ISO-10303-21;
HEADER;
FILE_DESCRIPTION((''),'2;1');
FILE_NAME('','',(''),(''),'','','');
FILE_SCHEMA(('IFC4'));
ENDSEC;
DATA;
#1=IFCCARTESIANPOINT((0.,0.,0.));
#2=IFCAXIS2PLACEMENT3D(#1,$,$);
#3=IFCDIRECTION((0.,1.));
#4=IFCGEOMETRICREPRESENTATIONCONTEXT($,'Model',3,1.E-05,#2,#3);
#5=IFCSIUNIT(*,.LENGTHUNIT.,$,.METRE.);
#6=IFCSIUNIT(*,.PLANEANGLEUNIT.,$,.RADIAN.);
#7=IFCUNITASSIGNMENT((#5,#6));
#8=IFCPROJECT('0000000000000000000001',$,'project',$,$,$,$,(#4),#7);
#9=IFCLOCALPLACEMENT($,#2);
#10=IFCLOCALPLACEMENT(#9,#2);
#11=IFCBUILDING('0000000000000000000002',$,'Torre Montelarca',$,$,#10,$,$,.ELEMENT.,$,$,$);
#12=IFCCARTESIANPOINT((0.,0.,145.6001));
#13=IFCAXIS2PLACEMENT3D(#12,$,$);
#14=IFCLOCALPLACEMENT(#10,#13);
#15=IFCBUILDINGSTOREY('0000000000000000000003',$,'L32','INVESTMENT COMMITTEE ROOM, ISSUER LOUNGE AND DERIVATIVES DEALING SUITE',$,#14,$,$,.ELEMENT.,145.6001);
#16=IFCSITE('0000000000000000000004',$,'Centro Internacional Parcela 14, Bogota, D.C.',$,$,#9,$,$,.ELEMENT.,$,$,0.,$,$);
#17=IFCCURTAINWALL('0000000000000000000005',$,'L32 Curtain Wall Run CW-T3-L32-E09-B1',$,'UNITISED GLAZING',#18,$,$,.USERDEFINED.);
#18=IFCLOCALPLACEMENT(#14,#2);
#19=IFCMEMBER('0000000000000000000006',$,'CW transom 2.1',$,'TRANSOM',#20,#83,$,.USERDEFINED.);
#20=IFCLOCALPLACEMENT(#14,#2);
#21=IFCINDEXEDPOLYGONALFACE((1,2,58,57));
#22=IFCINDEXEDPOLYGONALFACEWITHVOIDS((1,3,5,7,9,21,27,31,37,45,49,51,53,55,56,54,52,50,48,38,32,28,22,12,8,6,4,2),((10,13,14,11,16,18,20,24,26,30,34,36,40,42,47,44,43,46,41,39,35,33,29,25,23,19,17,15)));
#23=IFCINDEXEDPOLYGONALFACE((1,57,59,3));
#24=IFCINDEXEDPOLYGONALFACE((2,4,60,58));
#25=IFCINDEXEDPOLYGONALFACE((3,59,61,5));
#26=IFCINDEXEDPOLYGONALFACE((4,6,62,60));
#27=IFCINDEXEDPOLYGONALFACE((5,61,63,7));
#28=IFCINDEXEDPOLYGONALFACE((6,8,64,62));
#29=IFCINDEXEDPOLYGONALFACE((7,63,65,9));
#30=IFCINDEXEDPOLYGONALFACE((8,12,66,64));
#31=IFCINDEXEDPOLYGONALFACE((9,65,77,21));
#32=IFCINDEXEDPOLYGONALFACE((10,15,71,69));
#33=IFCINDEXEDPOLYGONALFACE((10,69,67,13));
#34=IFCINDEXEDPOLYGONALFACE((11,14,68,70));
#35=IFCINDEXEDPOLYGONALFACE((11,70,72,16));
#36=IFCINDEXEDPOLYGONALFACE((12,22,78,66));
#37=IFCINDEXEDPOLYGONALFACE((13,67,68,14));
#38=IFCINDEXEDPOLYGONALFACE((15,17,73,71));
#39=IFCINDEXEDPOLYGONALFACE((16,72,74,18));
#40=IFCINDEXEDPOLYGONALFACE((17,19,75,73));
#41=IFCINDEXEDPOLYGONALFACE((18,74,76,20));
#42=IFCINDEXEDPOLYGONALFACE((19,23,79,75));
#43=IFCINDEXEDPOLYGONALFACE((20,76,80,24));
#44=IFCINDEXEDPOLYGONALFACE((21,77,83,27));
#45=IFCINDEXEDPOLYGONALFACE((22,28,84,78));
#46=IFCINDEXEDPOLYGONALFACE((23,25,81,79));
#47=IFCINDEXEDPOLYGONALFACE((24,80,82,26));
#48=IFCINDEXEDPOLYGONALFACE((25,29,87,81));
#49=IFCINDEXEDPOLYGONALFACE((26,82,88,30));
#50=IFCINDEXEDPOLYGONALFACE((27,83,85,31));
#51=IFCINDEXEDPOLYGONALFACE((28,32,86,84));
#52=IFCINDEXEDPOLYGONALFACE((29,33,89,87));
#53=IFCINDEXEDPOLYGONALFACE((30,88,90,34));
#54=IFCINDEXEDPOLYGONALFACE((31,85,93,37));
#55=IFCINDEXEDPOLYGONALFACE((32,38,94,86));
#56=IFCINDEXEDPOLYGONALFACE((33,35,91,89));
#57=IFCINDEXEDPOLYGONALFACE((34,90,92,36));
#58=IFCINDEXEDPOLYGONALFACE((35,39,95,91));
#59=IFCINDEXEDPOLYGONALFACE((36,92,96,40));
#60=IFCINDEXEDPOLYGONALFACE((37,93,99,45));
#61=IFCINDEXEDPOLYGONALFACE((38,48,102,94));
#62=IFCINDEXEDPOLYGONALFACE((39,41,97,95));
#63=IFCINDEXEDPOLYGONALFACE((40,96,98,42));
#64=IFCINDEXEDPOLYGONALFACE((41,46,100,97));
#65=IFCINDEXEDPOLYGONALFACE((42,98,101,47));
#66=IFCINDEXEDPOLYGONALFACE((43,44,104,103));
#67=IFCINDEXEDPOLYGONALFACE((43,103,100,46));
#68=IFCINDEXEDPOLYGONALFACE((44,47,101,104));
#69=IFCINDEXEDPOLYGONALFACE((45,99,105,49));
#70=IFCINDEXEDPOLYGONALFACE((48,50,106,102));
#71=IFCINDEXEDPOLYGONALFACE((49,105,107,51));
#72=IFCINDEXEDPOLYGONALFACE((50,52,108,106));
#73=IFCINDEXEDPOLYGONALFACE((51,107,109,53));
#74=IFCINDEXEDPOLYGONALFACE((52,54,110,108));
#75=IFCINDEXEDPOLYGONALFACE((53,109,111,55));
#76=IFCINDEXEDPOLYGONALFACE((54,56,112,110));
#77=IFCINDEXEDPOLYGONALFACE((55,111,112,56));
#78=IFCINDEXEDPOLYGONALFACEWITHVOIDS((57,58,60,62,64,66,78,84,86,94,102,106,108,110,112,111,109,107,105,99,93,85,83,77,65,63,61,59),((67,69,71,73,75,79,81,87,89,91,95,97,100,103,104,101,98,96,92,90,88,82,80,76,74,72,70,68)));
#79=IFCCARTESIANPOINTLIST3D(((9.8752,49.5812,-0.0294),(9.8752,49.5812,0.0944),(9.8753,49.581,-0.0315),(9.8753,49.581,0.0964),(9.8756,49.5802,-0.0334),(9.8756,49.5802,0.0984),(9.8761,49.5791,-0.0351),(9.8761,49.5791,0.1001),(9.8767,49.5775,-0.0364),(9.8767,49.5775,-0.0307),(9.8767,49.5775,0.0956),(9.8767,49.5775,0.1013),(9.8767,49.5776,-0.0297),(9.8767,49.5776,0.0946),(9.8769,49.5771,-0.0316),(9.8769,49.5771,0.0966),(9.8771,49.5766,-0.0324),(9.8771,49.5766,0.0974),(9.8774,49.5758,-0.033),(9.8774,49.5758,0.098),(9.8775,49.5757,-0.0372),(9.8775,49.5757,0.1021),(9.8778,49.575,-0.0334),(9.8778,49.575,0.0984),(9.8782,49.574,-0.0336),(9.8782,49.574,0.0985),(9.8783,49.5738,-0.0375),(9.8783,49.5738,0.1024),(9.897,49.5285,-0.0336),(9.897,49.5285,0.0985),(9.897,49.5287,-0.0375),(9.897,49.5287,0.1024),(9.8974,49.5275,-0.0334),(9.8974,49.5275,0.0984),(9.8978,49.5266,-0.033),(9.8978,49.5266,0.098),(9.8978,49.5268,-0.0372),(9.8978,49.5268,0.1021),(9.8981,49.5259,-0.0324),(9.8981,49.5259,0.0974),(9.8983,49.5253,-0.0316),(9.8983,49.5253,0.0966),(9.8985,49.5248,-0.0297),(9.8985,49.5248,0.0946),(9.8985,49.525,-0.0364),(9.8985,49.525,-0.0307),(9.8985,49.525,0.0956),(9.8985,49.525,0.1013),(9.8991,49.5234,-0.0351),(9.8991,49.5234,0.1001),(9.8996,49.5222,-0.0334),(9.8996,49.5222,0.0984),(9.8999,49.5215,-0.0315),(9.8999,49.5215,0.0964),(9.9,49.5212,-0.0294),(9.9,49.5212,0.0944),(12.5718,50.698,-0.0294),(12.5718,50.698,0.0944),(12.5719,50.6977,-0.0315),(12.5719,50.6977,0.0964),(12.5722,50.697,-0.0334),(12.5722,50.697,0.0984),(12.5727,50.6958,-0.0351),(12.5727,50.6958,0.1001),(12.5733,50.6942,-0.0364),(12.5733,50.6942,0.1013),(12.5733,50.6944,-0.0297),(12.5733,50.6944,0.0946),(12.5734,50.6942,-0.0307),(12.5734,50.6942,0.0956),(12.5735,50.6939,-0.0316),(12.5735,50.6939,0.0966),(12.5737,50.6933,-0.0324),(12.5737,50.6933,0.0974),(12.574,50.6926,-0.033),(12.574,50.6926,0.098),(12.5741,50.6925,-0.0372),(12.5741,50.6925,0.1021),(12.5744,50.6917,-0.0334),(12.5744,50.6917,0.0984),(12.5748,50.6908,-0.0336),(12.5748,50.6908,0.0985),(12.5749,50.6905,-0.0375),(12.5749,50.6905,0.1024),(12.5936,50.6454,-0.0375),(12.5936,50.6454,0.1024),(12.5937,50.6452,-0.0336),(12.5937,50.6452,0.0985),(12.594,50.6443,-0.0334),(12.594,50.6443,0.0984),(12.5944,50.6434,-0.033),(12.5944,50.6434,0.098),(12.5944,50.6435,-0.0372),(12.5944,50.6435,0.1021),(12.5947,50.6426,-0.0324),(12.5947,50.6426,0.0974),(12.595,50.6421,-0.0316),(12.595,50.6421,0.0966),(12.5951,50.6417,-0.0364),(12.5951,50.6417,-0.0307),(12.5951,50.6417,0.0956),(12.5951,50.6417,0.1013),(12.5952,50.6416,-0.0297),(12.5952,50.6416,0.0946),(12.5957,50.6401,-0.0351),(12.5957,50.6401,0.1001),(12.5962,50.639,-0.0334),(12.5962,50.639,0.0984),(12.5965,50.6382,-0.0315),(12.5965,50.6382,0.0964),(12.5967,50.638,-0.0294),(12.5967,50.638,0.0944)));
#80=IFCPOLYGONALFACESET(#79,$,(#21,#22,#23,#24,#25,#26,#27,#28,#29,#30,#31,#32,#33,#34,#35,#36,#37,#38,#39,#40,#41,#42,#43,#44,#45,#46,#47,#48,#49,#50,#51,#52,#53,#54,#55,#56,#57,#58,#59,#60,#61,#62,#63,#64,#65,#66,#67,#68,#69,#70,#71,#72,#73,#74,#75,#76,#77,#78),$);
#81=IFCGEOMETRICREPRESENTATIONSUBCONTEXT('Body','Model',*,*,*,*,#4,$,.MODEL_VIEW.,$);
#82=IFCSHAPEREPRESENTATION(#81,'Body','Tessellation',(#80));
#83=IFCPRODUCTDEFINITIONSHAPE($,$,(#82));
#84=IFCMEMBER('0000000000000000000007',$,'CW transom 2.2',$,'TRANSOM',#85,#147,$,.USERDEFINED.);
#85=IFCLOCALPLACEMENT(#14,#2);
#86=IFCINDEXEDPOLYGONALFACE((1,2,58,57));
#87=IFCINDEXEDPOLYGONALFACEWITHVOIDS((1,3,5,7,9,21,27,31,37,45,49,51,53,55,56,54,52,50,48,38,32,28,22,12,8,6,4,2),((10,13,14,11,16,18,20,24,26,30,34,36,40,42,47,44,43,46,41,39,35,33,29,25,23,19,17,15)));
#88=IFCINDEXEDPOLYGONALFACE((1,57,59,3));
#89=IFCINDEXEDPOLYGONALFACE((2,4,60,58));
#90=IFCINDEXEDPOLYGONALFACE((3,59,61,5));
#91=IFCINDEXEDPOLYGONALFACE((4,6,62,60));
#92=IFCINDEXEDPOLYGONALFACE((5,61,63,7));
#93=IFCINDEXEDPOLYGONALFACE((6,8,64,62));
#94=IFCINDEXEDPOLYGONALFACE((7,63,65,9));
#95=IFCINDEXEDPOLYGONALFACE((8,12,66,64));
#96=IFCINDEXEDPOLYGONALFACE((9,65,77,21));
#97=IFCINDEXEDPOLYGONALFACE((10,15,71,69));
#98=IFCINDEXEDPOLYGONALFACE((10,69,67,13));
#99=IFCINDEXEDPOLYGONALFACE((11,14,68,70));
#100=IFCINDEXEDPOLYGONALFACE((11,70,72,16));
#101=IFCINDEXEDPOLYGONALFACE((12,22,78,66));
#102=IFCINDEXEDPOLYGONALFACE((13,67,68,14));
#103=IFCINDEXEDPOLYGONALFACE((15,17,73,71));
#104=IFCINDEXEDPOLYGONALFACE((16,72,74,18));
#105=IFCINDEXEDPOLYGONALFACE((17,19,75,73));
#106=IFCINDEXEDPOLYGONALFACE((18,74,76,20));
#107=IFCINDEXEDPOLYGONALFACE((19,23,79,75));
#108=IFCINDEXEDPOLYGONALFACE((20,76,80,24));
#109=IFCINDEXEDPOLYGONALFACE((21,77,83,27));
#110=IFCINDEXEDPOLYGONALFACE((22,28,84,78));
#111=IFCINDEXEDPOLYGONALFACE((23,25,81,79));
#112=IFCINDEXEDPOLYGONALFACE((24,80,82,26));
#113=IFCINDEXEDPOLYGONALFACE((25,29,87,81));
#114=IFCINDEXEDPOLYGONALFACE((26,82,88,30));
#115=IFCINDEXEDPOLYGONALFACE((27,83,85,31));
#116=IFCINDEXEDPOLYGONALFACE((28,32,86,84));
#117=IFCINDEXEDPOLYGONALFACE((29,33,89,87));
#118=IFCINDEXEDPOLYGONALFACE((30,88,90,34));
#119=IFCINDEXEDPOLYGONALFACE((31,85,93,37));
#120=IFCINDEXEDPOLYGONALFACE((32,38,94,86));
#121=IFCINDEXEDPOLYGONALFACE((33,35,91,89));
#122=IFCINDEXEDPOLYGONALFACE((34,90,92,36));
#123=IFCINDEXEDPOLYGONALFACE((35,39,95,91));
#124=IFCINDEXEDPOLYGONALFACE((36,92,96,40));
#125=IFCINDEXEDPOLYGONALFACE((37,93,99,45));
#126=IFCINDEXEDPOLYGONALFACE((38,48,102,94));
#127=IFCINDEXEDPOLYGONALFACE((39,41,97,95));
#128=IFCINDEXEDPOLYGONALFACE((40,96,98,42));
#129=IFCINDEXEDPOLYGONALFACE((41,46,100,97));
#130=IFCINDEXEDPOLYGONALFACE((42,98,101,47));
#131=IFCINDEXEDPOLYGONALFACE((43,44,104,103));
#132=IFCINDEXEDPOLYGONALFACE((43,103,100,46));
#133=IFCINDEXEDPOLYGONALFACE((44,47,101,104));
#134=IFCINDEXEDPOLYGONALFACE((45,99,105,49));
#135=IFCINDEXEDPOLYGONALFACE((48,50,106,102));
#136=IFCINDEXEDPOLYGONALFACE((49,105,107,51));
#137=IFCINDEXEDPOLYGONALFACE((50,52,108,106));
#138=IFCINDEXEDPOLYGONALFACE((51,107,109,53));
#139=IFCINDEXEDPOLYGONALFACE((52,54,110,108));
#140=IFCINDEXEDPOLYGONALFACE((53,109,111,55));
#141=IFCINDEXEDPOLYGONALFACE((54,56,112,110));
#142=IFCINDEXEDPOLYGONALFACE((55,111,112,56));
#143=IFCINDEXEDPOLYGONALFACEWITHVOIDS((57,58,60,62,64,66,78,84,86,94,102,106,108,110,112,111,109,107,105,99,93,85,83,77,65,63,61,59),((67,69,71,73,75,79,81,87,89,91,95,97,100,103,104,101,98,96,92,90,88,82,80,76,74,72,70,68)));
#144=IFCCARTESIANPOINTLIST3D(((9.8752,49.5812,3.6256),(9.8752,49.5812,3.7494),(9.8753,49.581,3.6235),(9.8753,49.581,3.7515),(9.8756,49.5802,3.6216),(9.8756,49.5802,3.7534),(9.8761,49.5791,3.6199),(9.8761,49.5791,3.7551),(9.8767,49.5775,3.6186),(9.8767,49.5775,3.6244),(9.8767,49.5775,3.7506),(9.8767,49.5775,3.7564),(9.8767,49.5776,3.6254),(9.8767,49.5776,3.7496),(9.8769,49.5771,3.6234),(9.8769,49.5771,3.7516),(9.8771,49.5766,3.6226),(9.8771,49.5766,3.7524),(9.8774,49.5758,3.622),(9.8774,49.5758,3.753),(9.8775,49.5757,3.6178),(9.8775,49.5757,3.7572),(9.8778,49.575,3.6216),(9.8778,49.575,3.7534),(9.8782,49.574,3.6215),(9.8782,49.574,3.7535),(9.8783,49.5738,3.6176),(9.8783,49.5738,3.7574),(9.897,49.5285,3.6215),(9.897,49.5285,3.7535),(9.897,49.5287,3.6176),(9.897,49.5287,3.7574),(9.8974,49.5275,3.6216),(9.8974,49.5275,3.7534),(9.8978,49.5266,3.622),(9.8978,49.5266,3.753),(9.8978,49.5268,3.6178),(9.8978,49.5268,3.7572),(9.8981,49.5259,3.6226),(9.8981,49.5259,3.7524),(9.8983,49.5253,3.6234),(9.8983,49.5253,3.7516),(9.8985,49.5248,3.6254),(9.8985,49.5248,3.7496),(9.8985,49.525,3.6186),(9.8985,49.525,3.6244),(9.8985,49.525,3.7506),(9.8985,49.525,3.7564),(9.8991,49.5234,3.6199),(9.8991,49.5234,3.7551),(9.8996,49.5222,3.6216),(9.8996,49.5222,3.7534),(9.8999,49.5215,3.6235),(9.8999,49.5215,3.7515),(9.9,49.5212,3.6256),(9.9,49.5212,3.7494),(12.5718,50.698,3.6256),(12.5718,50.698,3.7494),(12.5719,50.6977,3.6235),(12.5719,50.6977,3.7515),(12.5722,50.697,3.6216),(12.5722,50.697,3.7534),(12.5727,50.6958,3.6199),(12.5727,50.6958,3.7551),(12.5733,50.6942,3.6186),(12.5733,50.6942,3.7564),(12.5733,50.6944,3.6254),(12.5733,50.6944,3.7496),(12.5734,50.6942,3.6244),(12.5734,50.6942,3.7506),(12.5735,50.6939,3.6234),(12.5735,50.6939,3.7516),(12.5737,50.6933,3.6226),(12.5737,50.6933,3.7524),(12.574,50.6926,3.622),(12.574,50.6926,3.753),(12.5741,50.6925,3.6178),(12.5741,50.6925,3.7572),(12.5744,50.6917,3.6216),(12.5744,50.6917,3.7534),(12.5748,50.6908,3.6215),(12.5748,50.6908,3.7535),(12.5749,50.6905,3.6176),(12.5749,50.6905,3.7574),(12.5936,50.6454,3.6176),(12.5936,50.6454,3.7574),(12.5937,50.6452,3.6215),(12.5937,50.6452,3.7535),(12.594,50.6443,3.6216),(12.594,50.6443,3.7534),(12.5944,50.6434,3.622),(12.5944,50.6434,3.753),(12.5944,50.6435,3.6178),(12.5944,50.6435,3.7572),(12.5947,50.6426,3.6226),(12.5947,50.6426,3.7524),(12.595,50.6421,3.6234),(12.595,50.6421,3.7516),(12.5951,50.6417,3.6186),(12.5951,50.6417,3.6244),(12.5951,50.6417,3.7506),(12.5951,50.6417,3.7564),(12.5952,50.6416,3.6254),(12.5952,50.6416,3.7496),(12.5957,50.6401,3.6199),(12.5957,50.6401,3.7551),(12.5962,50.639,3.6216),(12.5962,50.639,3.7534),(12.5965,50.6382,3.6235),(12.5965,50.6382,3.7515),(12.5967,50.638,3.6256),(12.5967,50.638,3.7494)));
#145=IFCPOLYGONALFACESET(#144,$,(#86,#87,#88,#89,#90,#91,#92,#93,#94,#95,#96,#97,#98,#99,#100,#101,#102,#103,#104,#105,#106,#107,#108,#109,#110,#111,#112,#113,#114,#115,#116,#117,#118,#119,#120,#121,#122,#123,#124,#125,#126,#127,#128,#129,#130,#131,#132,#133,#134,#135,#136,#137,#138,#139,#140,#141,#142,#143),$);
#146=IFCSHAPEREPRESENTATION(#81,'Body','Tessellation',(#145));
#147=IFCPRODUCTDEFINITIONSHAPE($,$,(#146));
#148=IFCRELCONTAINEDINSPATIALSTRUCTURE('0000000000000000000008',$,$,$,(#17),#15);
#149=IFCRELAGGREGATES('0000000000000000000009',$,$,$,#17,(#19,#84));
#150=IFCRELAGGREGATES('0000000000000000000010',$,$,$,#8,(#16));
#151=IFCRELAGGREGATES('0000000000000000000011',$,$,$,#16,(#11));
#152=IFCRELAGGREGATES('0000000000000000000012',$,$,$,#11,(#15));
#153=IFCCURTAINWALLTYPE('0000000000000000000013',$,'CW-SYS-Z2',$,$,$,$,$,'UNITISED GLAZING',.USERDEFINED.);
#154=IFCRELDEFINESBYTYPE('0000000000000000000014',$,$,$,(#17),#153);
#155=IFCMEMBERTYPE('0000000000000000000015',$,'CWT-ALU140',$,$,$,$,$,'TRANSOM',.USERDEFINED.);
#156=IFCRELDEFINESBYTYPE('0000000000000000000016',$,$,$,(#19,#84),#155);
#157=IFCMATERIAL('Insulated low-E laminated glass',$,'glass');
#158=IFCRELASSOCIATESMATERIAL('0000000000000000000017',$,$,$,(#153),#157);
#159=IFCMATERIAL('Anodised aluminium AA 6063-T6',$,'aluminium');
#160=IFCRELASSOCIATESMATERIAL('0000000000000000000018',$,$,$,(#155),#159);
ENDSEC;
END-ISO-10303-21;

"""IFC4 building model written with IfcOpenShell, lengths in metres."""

from ifc_helpers import new_model, si_unit, direction, frame, origin, origin_2d, place, context, subcontext, project, spatial, hollow_rectangle, extrude, source, transform, mapped, material, material_profile, profile_set, type_object, element, aggregate, save


model = new_model("IFC4")

# Units and contexts
model_context = context("Model", 3, precision=1e-05, world=origin(), true_north=direction((0.0, 1.0)))
body_context = subcontext(model_context, "Body", "Model", "MODEL_VIEW")
ifc_project = project(units=[si_unit("LENGTHUNIT", "METRE"), si_unit("PLANEANGLEUNIT", "RADIAN")], contexts=[model_context])

# Site, building, storey
site_placement = place(None, origin())
site = spatial("IfcSite", under=ifc_project, at=site_placement, Name="Centro Internacional Parcela 14, Bogota, D.C.", CompositionType="ELEMENT", RefElevation=0.0)
building_placement = place(site_placement, origin())
building = spatial("IfcBuilding", under=site, at=building_placement, Name="Torre Montelarca", CompositionType="ELEMENT")
storey_placement = place(building_placement, frame((0.0, 0.0, 145.6001)))
storey = spatial("IfcBuildingStorey", under=building, at=storey_placement, Name="L32", Description="INVESTMENT COMMITTEE ROOM, ISSUER LOUNGE AND DERIVATIVES DEALING SUITE", CompositionType="ELEMENT", Elevation=145.6001)

# Curtain wall, members
ifc_material_1 = material(Name="Insulated low-E laminated glass", Category="glass")
curtain_wall_type = type_object("IfcCurtainWallType", Name="CW-SYS-Z2", ElementType="UNITISED GLAZING", PredefinedType="USERDEFINED", material=ifc_material_1)
curtain_wall_1_placement = place(storey_placement, origin())
curtain_wall_1 = element("IfcCurtainWall", 1, at=curtain_wall_1_placement, inside=storey, type_object=curtain_wall_type, Name="L32 Curtain Wall Run CW-T3-L32-E09-B1", ObjectType="UNITISED GLAZING", PredefinedType="USERDEFINED")
ifc_material_2 = material(Name="Anodised aluminium AA 6063-T6", Category="aluminium")
ifc_material_profile_1 = material_profile(ifc_material_2, hollow_rectangle(XDim=0.0649, YDim=0.1399, WallThickness=0.0039, InnerFilletRadius=0.0039, OuterFilletRadius=0.0081, at=origin_2d()), Name="ALU65X140X4", Category="aluminium")
ifc_profile_set_1 = profile_set([ifc_material_profile_1], Name="Anodised aluminium AA 6063-T6")
member_type_1 = type_object("IfcMemberType", Name="CWT-ALU140", ElementType="TRANSOM", PredefinedType="USERDEFINED", material=ifc_profile_set_1)
shared_shape_1 = source(origin(), body_context, "Body", "SweptSolid", [
    extrude(hollow_rectangle(XDim=0.0649, YDim=0.1399, WallThickness=0.0039, InnerFilletRadius=0.0039, OuterFilletRadius=0.0081, at=origin_2d()), origin(), (0.0, 0.0, 1.0), 2.9187),
])
member_1_placement = place(storey_placement, frame((12.5842, 50.668, 0.0325), z_axis=(-0.923909, -0.382613, 0.0), x_axis=(0.382613, -0.923909, 0.0)))
member_1 = element("IfcMember", 2, at=member_1_placement, type_object=member_type_1, Name="CW transom 2.1", ObjectType="TRANSOM", PredefinedType="USERDEFINED", context=body_context, shape_type="MappedRepresentation", body=[
    mapped(shared_shape_1, transform((0.0, 0.0, 0.0), scale=1.0)),
])
member_2_placement = place(storey_placement, frame((12.5842, 50.668, 3.6875), z_axis=(-0.923909, -0.382613, 0.0), x_axis=(0.382613, -0.923909, 0.0)))
member_2 = element("IfcMember", 3, at=member_2_placement, type_object=member_type_1, Name="CW transom 2.2", ObjectType="TRANSOM", PredefinedType="USERDEFINED", context=body_context, shape_type="MappedRepresentation", body=[
    mapped(shared_shape_1, transform((0.0, 0.0, 0.0), scale=1.0)),
])

aggregate(curtain_wall_1, [member_1, member_2])

save(model, "model.ifc")
